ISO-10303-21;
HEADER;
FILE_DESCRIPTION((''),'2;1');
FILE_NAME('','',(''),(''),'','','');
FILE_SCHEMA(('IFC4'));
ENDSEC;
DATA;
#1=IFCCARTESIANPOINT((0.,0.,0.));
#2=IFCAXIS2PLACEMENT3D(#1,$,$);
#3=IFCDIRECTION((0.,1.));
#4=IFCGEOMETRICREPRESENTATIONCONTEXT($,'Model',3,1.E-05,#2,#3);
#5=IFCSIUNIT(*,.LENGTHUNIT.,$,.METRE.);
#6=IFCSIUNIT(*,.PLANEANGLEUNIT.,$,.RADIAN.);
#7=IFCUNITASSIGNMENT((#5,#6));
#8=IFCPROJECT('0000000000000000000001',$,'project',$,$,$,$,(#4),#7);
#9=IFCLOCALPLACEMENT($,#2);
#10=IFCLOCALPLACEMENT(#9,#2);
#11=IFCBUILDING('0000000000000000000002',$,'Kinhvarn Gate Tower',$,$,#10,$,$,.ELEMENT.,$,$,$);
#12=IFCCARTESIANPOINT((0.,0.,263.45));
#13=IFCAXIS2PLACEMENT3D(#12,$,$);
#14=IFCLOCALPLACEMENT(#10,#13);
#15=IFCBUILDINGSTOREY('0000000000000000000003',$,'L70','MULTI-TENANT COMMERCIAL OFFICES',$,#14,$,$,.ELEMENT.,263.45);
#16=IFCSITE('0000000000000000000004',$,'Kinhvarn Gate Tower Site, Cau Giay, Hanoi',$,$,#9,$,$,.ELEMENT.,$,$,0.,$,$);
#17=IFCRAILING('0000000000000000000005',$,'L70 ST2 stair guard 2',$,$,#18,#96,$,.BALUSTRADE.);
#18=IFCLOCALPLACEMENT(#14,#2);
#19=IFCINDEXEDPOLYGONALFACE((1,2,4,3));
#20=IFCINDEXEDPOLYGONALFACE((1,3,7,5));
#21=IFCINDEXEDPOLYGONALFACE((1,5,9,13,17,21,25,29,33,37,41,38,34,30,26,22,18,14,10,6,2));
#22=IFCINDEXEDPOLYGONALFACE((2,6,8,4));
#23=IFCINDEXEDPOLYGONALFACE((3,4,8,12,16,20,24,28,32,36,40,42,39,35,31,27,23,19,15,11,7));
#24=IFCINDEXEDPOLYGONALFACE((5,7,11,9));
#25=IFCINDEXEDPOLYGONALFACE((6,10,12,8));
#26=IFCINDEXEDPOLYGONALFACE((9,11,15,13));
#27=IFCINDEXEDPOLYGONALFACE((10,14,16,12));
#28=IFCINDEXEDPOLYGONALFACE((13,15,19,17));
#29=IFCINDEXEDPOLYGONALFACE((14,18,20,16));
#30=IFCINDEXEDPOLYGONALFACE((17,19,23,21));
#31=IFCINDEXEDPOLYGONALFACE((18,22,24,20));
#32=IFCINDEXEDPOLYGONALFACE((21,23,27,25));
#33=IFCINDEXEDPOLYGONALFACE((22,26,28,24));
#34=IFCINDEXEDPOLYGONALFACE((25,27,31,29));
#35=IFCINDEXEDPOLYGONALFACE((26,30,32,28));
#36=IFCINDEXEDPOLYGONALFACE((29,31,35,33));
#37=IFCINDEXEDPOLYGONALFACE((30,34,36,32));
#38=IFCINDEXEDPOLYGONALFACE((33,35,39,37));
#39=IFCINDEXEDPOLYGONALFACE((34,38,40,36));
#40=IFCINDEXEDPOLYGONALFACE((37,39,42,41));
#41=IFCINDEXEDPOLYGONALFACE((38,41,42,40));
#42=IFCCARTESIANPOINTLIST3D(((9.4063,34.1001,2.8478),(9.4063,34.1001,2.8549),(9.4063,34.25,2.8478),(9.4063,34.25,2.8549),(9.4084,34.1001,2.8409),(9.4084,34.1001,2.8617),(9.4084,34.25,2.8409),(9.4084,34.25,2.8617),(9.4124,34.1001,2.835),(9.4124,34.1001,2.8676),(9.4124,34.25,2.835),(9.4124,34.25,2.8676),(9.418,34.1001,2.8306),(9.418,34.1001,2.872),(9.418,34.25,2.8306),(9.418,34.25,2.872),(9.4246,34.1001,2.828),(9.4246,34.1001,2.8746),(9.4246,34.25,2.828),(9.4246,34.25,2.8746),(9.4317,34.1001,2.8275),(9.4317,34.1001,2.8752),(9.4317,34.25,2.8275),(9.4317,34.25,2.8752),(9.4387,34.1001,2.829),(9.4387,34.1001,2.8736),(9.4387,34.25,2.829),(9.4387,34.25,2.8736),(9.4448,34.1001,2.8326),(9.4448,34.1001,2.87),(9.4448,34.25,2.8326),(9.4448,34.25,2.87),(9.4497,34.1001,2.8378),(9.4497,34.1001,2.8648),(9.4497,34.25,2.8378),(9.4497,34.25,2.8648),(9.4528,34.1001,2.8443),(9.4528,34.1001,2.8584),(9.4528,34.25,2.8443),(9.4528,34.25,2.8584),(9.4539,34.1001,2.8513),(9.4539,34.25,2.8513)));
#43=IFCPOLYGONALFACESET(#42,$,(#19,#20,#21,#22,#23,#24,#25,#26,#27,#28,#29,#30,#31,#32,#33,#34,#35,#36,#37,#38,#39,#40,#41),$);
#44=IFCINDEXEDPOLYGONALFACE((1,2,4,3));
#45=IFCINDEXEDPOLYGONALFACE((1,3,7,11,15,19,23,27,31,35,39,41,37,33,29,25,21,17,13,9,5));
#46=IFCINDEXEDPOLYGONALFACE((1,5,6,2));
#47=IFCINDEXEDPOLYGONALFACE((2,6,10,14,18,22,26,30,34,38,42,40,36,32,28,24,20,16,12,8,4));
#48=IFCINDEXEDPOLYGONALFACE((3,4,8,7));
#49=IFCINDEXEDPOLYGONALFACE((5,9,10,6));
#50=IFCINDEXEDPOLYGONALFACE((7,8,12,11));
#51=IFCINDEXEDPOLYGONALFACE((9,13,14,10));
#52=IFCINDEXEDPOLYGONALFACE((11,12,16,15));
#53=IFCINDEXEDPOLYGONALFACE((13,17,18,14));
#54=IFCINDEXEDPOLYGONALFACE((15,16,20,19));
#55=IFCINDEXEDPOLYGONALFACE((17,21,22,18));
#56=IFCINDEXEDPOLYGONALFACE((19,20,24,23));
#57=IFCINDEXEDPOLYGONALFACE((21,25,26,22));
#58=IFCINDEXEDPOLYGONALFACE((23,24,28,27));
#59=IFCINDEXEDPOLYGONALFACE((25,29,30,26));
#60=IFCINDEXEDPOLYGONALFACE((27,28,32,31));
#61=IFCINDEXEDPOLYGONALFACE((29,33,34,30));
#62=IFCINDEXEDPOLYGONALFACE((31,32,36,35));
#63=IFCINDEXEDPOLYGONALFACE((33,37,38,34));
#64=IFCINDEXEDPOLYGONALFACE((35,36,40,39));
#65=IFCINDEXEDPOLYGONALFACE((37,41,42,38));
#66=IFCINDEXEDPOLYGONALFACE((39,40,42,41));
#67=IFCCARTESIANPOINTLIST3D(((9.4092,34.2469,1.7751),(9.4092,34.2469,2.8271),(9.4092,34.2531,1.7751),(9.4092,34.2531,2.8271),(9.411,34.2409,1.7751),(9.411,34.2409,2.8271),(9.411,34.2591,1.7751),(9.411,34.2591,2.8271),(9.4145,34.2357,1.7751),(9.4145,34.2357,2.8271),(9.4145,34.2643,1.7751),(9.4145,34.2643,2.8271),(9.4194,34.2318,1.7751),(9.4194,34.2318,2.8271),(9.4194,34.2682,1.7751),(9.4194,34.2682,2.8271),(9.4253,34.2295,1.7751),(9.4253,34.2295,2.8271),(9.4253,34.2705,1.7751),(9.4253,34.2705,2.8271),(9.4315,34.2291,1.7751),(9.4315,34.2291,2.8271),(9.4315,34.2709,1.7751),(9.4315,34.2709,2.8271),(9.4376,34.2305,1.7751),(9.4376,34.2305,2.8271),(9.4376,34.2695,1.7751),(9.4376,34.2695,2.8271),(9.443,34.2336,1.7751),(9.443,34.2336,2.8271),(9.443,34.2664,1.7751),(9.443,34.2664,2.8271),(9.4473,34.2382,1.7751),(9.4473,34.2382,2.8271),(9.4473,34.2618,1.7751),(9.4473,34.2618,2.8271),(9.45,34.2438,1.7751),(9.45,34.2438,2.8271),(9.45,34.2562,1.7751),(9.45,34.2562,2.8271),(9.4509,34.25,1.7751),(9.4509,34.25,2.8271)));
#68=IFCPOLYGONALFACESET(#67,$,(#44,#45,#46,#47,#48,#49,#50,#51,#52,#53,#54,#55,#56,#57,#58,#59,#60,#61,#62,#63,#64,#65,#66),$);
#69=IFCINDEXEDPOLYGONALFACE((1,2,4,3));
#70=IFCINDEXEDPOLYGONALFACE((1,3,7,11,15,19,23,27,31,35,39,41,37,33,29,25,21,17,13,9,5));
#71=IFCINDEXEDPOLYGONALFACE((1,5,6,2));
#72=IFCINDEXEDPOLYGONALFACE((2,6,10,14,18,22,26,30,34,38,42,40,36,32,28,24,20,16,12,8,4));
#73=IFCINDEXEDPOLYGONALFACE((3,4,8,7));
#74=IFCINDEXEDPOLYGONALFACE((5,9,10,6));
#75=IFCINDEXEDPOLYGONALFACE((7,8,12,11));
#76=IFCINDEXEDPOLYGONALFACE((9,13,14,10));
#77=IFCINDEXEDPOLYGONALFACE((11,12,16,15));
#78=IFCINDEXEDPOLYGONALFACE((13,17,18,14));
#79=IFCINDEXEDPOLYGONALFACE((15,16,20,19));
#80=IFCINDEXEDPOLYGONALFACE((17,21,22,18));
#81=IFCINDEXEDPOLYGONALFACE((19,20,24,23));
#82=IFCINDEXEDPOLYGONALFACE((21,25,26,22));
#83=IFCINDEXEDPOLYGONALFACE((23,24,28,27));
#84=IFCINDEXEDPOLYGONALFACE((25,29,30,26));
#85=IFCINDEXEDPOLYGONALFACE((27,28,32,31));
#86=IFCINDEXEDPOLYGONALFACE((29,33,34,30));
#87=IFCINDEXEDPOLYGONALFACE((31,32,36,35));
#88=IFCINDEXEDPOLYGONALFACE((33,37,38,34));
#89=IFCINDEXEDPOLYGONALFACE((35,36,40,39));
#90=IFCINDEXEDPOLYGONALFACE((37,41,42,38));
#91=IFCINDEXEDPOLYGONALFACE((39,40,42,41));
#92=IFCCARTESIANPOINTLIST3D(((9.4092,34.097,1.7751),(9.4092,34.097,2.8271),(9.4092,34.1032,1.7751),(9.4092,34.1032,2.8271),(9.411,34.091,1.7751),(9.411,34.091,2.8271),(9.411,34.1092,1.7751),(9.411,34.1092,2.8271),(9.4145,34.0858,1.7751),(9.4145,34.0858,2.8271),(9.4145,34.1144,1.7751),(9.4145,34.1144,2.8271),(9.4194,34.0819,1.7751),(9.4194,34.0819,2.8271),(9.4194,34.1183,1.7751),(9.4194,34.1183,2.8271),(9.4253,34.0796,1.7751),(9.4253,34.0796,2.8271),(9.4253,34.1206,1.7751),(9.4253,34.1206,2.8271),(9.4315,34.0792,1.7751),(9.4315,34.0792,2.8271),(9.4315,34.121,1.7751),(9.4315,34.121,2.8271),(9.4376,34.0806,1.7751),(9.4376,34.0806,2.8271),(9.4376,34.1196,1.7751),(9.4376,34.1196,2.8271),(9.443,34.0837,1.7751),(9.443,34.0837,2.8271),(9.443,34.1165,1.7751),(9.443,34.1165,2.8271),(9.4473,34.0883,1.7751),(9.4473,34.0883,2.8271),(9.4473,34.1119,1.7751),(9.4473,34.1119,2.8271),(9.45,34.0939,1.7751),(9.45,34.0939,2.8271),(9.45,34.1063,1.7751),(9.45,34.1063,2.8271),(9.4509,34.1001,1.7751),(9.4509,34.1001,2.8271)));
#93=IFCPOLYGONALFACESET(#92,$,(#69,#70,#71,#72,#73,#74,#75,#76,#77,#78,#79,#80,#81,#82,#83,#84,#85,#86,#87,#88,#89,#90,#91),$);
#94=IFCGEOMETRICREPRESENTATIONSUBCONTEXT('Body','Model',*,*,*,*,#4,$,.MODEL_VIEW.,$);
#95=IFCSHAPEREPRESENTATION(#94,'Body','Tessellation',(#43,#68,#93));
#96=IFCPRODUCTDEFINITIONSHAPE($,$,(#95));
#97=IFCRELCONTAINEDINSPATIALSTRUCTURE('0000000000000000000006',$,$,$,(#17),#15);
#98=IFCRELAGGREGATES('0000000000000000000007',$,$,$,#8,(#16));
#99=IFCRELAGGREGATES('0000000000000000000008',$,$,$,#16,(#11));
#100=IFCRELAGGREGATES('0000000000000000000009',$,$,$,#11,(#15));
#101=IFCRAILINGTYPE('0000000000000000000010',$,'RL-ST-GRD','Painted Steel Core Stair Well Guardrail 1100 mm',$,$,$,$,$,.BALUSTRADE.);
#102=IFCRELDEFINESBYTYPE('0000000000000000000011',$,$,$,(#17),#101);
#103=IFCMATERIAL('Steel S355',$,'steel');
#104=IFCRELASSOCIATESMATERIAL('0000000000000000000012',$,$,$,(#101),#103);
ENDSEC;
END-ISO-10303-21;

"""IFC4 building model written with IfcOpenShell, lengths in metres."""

from ifc_helpers import new_model, si_unit, direction, frame, origin, origin_2d, place, context, subcontext, project, spatial, circle, extrude, material, type_object, element, save


model = new_model("IFC4")

# Units and contexts
model_context = context("Model", 3, precision=1e-05, world=origin(), true_north=direction((0.0, 1.0)))
body_context = subcontext(model_context, "Body", "Model", "MODEL_VIEW")
ifc_project = project(units=[si_unit("LENGTHUNIT", "METRE"), si_unit("PLANEANGLEUNIT", "RADIAN")], contexts=[model_context])

# Site, building, storey
site_placement = place(None, origin())
site = spatial("IfcSite", under=ifc_project, at=site_placement, Name="Kinhvarn Gate Tower Site, Cau Giay, Hanoi", CompositionType="ELEMENT", RefElevation=0.0)
building_placement = place(site_placement, origin())
building = spatial("IfcBuilding", under=site, at=building_placement, Name="Kinhvarn Gate Tower", CompositionType="ELEMENT")
storey_placement = place(building_placement, frame((0.0, 0.0, 263.45)))
storey = spatial("IfcBuildingStorey", under=building, at=storey_placement, Name="L70", Description="MULTI-TENANT COMMERCIAL OFFICES", CompositionType="ELEMENT", Elevation=263.45)

# Railing
ifc_material_1 = material(Name="Steel S355", Category="steel")
railing_type_1 = type_object("IfcRailingType", Name="RL-ST-GRD", Description="Painted Steel Core Stair Well Guardrail 1100 mm", PredefinedType="BALUSTRADE", material=ifc_material_1)
railing_1_placement = place(storey_placement, frame((9.4299, 34.25, 1.7751)))
element("IfcRailing", 1, at=railing_1_placement, inside=storey, type_object=railing_type_1, Name="L70 ST2 stair guard 2", PredefinedType="BALUSTRADE", context=body_context, shape_type="SweptSolid", body=[
    extrude(circle(Radius=0.0239, at=origin_2d()), frame((0.0, 0.0, 1.0762), z_axis=(0.0, -1.0, 0.0), x_axis=(1.0, 0.0, 0.0)), (0.0, 0.0, 1.0), 0.1499),
    extrude(circle(Radius=0.021, at=origin_2d()), origin(), (0.0, 0.0, 1.0), 1.052),
    extrude(circle(Radius=0.021, at=origin_2d()), frame((0.0, -0.1499, 0.0)), (0.0, 0.0, 1.0), 1.052),
])

save(model, "model.ifc")
